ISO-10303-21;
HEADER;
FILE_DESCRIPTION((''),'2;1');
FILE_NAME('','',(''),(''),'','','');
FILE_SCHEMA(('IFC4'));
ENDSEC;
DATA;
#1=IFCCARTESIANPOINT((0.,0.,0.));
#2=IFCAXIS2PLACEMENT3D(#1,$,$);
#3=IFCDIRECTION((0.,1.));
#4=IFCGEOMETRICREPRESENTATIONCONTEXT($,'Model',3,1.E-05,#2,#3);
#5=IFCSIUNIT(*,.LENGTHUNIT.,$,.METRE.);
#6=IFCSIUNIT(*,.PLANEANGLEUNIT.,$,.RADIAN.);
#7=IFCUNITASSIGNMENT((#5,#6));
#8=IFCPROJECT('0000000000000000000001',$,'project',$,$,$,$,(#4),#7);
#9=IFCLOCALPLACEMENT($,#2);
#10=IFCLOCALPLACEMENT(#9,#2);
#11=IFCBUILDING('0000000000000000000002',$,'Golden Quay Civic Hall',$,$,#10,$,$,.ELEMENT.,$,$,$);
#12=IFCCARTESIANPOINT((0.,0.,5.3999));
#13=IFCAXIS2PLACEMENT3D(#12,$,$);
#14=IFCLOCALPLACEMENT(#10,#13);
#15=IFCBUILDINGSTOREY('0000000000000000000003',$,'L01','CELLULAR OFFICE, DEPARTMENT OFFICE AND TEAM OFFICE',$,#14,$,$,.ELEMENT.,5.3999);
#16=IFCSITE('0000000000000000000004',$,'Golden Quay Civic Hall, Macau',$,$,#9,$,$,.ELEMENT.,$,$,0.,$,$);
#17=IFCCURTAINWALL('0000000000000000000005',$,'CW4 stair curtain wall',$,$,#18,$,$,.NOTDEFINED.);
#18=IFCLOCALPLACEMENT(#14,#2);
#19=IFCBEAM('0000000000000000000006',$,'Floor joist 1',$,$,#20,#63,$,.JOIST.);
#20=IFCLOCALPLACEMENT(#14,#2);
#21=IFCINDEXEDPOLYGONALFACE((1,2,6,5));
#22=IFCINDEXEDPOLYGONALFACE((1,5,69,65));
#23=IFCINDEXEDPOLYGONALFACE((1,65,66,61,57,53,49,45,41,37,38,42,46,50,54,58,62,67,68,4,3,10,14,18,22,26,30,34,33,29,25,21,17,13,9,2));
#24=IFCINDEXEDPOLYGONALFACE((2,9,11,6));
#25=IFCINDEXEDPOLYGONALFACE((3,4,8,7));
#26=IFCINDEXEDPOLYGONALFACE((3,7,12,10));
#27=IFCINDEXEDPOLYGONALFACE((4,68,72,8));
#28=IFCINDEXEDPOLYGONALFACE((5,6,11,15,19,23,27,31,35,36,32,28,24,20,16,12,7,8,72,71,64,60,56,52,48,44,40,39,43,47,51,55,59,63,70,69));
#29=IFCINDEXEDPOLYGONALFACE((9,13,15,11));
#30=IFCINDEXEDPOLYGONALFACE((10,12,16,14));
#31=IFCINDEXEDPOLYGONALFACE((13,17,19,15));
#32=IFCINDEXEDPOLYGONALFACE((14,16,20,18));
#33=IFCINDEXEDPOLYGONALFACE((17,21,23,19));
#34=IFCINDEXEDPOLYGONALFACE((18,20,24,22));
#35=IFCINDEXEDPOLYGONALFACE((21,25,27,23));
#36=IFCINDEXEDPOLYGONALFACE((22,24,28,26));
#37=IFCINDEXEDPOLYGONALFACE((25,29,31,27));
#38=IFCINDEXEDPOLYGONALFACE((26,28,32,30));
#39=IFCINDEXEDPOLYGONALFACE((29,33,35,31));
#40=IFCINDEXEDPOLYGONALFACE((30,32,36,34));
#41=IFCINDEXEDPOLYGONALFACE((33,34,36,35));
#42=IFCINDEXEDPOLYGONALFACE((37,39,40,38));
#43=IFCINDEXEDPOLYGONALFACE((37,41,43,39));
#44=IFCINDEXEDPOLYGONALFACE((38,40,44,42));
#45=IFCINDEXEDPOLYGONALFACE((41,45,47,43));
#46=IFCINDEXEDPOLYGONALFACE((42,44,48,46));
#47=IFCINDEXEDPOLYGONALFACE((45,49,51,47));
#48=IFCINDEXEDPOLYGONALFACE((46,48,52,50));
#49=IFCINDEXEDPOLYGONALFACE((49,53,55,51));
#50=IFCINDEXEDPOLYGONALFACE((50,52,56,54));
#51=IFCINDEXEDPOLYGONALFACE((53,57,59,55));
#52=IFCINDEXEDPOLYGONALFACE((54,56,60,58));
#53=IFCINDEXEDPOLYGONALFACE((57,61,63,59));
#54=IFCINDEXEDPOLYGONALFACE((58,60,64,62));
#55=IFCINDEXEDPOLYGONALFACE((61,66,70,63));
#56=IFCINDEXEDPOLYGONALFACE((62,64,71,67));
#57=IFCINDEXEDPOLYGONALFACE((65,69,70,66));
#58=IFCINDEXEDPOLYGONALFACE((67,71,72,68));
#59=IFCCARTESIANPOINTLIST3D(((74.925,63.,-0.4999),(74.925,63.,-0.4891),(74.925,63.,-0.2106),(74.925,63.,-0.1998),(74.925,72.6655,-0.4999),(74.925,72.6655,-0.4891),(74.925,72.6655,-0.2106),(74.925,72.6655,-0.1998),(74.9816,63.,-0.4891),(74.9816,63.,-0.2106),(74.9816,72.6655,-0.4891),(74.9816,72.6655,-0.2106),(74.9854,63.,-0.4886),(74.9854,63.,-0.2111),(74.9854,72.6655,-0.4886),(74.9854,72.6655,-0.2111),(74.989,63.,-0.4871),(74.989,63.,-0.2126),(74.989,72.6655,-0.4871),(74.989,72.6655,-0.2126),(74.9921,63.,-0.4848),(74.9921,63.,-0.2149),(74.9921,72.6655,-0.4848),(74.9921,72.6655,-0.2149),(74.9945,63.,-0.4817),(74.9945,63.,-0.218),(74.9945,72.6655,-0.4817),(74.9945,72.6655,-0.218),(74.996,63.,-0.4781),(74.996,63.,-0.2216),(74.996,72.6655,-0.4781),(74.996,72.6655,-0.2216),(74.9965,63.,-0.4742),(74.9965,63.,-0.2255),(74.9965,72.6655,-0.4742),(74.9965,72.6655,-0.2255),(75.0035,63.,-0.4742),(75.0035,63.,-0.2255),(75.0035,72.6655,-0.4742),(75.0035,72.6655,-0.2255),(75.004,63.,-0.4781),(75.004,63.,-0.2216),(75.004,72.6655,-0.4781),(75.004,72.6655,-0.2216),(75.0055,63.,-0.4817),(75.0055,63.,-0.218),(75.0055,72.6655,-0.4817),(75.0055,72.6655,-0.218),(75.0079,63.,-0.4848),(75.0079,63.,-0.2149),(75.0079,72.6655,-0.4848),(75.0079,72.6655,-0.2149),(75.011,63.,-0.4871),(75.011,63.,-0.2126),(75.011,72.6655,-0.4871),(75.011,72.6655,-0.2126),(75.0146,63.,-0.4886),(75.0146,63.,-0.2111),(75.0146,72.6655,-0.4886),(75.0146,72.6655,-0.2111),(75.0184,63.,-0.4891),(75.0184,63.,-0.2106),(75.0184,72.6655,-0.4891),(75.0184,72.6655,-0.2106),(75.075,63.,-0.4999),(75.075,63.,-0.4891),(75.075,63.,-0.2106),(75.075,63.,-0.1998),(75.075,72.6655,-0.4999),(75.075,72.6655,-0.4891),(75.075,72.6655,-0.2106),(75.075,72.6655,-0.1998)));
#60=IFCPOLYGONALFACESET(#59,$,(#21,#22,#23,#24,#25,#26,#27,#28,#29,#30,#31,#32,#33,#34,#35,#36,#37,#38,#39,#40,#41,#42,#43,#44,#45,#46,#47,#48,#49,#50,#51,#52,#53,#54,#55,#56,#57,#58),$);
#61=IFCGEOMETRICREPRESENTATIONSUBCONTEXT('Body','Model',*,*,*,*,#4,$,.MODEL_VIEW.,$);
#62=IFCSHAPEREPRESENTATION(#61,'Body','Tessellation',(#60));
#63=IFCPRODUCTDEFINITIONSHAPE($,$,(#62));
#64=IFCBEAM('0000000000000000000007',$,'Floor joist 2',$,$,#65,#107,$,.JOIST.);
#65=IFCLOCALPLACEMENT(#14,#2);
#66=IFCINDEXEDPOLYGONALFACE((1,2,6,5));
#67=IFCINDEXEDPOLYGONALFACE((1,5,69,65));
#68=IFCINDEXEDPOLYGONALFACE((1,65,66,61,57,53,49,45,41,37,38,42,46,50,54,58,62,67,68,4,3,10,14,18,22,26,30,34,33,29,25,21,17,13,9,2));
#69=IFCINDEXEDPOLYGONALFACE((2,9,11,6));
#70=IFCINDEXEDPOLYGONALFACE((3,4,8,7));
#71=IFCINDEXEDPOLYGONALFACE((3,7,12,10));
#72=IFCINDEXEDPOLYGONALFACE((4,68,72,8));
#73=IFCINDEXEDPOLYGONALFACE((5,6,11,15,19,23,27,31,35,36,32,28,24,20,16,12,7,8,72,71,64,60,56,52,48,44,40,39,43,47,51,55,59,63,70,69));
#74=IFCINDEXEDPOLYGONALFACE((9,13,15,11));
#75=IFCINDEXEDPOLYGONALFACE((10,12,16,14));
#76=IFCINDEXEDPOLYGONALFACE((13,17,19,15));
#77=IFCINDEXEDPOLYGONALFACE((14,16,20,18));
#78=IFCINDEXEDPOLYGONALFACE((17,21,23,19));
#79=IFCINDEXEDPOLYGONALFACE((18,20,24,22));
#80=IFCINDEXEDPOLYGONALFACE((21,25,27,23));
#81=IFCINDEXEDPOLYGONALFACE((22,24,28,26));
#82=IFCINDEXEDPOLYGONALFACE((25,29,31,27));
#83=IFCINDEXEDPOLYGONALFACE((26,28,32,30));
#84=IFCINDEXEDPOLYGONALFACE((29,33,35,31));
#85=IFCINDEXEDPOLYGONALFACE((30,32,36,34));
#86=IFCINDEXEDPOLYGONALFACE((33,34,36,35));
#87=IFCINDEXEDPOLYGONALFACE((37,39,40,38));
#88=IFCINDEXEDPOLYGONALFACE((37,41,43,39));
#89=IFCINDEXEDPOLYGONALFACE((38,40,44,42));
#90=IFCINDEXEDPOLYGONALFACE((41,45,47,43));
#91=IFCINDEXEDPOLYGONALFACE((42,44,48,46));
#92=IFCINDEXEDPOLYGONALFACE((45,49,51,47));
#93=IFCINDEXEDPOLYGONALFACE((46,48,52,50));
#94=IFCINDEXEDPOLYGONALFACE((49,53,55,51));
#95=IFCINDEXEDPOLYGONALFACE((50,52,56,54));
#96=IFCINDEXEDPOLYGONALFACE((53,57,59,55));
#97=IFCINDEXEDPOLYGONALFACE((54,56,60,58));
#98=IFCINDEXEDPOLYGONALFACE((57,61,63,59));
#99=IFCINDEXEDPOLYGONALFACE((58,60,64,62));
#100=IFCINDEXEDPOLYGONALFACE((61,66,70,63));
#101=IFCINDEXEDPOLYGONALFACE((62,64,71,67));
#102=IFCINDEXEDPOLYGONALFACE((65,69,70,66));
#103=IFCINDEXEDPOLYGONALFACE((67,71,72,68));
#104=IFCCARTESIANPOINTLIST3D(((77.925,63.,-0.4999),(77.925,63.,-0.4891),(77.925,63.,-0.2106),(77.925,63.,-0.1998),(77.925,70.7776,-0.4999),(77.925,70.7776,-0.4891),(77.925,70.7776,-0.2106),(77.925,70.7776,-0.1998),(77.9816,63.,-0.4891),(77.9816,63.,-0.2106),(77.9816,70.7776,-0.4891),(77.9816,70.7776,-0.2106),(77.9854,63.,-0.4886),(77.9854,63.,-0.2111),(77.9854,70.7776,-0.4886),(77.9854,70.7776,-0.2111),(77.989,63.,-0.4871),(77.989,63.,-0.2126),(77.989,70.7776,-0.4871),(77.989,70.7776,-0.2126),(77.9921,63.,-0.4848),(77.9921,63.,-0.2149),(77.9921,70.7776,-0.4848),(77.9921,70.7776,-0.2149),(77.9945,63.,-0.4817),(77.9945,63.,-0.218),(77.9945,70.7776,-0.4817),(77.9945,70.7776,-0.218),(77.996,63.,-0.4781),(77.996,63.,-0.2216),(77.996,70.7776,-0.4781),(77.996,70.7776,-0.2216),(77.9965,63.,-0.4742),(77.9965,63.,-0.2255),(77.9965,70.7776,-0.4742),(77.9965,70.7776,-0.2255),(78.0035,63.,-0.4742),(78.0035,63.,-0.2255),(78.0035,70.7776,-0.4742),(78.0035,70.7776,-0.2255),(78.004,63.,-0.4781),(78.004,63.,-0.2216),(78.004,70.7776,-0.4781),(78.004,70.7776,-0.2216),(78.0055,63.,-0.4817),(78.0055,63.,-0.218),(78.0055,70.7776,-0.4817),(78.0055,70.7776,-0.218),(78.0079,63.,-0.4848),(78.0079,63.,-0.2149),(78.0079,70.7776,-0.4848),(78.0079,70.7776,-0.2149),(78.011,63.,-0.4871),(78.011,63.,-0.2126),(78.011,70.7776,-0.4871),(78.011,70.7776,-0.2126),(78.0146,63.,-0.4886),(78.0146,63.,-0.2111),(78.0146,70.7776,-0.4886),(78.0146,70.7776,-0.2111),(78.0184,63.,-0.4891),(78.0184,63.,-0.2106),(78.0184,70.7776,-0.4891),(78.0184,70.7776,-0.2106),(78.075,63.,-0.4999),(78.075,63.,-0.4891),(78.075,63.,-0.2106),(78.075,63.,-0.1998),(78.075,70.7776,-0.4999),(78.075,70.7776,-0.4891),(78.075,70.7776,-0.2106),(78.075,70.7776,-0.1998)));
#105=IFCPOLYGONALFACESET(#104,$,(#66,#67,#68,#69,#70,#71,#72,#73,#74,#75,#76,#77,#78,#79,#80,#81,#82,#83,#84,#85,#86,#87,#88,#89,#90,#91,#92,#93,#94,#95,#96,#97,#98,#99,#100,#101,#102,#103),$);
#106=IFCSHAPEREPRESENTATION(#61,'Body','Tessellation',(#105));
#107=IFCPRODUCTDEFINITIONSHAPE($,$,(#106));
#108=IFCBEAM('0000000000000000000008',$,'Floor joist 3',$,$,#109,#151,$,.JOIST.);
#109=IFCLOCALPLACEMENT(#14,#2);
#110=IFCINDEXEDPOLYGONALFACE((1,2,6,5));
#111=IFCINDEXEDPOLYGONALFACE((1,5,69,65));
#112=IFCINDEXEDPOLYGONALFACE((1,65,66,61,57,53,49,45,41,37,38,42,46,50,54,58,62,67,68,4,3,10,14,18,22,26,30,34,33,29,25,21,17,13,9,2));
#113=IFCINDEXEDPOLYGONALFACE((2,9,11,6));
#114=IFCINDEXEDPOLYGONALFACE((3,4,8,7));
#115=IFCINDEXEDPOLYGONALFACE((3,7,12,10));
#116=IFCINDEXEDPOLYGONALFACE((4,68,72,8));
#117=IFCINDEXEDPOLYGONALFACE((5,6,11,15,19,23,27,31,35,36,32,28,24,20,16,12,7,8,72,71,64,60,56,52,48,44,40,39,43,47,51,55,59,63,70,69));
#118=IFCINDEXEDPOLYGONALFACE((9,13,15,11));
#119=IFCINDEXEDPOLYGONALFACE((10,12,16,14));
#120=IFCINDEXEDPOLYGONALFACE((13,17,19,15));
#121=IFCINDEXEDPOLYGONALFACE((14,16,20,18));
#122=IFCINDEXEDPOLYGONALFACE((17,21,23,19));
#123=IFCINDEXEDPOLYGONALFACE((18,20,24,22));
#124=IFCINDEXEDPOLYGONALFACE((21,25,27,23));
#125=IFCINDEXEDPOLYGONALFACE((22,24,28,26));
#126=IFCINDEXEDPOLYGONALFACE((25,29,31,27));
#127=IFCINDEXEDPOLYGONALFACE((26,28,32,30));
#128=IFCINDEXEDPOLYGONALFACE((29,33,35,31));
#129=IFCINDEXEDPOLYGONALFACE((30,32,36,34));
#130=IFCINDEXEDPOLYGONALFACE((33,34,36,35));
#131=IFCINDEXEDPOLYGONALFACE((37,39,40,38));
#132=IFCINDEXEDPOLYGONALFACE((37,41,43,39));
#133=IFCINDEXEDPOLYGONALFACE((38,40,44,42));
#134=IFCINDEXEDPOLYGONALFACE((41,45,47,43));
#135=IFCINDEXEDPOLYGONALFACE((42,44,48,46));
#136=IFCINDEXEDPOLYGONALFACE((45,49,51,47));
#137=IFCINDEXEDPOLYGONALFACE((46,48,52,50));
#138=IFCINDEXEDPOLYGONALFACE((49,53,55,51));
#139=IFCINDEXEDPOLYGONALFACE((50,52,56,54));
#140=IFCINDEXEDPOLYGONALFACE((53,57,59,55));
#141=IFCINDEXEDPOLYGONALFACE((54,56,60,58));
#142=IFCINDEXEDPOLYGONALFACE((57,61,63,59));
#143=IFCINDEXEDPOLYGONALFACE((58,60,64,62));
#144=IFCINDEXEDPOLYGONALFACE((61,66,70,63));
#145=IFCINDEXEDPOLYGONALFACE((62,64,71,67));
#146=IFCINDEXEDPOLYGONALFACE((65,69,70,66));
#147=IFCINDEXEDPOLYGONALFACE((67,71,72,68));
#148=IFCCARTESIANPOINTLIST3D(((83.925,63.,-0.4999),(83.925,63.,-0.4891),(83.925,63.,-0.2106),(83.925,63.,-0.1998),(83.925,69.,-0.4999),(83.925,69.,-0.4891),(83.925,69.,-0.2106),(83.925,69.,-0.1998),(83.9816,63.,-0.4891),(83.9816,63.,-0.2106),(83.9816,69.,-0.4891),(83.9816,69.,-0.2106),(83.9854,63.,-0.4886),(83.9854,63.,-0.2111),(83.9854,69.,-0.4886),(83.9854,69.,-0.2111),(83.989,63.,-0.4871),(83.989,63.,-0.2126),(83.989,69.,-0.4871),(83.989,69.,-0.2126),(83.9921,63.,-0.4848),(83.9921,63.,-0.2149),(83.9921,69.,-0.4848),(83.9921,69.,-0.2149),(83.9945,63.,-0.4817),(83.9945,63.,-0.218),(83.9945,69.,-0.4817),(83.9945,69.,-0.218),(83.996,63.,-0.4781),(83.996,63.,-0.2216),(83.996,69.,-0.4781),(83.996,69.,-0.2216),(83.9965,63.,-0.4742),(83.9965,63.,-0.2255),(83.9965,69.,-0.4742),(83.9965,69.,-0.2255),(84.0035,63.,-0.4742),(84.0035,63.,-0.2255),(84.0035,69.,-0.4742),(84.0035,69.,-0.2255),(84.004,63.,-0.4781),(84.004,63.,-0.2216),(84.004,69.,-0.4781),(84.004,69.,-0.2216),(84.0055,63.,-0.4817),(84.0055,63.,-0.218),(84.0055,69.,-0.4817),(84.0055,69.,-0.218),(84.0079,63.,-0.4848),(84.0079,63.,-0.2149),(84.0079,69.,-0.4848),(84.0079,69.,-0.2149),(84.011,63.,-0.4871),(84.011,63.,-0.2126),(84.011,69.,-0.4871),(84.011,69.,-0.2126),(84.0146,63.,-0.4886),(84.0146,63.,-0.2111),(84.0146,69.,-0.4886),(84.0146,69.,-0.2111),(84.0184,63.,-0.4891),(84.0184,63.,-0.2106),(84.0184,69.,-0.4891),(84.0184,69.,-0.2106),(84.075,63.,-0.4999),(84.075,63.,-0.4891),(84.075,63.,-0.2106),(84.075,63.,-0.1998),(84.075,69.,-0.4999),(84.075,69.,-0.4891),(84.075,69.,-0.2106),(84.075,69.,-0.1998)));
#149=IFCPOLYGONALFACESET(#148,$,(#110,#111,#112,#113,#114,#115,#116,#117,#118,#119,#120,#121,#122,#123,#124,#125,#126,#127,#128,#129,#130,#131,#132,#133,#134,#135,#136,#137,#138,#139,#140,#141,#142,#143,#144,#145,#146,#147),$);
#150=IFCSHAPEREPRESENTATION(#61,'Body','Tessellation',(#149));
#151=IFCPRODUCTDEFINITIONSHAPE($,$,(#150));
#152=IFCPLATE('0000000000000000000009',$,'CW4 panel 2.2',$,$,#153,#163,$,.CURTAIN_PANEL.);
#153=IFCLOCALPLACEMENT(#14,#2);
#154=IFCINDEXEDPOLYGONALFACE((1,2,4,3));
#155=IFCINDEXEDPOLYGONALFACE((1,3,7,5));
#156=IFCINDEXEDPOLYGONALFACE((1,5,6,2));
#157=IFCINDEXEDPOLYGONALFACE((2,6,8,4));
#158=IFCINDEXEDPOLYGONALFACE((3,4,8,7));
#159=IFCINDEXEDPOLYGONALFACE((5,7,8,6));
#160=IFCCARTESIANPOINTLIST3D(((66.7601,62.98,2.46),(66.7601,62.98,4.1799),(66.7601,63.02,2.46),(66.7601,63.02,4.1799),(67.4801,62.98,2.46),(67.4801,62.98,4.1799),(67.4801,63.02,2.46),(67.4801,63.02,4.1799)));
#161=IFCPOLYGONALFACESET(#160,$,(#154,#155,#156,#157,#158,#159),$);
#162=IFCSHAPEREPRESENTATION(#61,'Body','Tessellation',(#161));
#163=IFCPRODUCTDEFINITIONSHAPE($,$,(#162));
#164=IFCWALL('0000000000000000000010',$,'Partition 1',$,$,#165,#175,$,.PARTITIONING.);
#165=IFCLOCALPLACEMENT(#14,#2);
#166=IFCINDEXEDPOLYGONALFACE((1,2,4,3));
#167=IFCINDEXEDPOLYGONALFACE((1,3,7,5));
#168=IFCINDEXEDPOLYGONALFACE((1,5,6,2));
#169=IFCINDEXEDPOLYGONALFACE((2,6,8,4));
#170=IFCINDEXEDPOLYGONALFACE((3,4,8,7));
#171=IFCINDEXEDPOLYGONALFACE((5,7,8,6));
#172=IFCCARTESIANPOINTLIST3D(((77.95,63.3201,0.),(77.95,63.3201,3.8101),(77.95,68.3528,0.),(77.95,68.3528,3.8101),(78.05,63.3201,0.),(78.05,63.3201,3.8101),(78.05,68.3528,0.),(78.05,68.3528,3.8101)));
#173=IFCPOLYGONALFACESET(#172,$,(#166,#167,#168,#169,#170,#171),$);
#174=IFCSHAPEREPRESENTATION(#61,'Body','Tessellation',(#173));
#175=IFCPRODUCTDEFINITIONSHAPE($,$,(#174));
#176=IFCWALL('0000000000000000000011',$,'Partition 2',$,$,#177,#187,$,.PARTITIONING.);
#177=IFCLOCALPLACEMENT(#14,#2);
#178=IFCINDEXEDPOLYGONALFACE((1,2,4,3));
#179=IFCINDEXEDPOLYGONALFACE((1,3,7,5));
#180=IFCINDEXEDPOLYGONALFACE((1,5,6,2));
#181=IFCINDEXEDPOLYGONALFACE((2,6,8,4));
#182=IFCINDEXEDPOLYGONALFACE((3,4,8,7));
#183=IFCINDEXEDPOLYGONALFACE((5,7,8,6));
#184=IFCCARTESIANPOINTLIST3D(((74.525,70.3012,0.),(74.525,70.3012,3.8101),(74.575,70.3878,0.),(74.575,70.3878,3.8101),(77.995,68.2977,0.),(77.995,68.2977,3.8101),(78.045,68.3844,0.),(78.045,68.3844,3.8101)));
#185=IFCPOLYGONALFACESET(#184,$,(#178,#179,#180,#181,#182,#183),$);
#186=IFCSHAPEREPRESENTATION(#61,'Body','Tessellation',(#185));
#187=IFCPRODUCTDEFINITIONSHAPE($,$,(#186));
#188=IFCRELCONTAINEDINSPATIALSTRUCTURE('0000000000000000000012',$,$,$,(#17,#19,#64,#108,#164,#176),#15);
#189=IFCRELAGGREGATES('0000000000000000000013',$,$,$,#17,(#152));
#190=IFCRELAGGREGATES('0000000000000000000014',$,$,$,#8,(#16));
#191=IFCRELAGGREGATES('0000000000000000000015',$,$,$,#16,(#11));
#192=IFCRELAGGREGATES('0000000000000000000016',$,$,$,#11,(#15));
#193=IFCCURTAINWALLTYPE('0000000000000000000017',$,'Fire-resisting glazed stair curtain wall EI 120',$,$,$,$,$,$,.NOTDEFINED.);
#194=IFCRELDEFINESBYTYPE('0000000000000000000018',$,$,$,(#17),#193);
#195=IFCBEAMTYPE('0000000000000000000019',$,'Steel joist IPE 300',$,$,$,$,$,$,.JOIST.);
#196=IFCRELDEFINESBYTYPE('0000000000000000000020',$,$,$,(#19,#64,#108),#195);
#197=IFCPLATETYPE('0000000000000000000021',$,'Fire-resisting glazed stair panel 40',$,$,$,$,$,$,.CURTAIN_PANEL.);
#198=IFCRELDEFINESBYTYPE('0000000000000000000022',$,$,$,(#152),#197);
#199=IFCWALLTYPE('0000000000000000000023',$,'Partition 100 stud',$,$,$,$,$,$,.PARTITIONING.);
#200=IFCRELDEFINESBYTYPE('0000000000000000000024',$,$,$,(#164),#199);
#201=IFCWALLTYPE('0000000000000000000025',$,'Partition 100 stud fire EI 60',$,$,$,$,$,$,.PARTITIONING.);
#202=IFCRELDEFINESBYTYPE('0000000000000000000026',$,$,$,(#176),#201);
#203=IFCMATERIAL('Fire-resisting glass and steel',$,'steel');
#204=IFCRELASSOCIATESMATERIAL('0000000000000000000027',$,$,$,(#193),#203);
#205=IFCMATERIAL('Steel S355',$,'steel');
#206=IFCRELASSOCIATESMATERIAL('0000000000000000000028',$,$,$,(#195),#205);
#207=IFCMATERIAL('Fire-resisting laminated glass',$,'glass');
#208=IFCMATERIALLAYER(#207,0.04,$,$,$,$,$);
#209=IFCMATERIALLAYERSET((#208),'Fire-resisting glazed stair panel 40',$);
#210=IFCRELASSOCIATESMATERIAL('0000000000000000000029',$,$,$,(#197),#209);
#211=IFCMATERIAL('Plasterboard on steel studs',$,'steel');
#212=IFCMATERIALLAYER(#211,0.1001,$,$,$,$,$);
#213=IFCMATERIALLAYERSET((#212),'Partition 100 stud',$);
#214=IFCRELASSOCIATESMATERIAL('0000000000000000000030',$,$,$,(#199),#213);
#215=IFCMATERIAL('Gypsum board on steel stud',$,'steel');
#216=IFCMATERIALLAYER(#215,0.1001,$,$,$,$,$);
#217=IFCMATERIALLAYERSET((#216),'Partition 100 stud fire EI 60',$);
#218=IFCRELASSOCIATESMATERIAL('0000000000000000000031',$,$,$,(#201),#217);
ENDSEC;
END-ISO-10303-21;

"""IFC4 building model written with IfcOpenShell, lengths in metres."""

from ifc_helpers import new_model, si_unit, direction, frame, frame_2d, origin, origin_2d, place, context, subcontext, project, spatial, rectangle, i_section, extrude, material, layer, layer_set, material_profile, profile_set, type_object, element, aggregate, save


model = new_model("IFC4")

# Units and contexts
model_context = context("Model", 3, precision=1e-05, world=origin(), true_north=direction((0.0, 1.0)))
body_context = subcontext(model_context, "Body", "Model", "MODEL_VIEW")
ifc_project = project(units=[si_unit("LENGTHUNIT", "METRE"), si_unit("PLANEANGLEUNIT", "RADIAN")], contexts=[model_context])

# Site, building, storey
site_placement = place(None, origin())
site = spatial("IfcSite", under=ifc_project, at=site_placement, Name="Golden Quay Civic Hall, Macau", CompositionType="ELEMENT", RefElevation=0.0)
building_placement = place(site_placement, origin())
building = spatial("IfcBuilding", under=site, at=building_placement, Name="Golden Quay Civic Hall", CompositionType="ELEMENT")
storey_placement = place(building_placement, frame((0.0, 0.0, 5.3999)))
storey = spatial("IfcBuildingStorey", under=building, at=storey_placement, Name="L01", Description="CELLULAR OFFICE, DEPARTMENT OFFICE AND TEAM OFFICE", CompositionType="ELEMENT", Elevation=5.3999)

# Curtain wall
ifc_material_1 = material(Name="Fire-resisting glass and steel", Category="steel")
curtain_wall_type = type_object("IfcCurtainWallType", Name="Fire-resisting glazed stair curtain wall EI 120", PredefinedType="NOTDEFINED", material=ifc_material_1)
curtain_wall_placement = place(storey_placement, origin())
curtain_wall = element("IfcCurtainWall", 1, at=curtain_wall_placement, inside=storey, type_object=curtain_wall_type, Name="CW4 stair curtain wall", PredefinedType="NOTDEFINED")

# Beams
ifc_material_2 = material(Name="Steel S355", Category="steel")
ifc_material_profile_1 = material_profile(ifc_material_2, i_section(OverallWidth=0.1499, OverallDepth=0.3, WebThickness=0.0071, FlangeThickness=0.0107, FilletRadius=0.0149, at=origin_2d()), Name="IPE 300")
ifc_profile_set_1 = profile_set([ifc_material_profile_1], Name="Steel S355")
beam_type_1 = type_object("IfcBeamType", Name="Steel joist IPE 300", PredefinedType="JOIST", material=ifc_profile_set_1)
beam_1_placement = place(storey_placement, frame((75.0, 63.0, -0.3499), z_axis=(0.0, 1.0, 0.0), x_axis=(-1.0, 0.0, 0.0)))
element("IfcBeam", 2, at=beam_1_placement, inside=storey, type_object=beam_type_1, Name="Floor joist 1", PredefinedType="JOIST", context=body_context, shape_type="SweptSolid", body=[
    extrude(i_section(OverallWidth=0.1499, OverallDepth=0.3, WebThickness=0.0071, FlangeThickness=0.0107, FilletRadius=0.0149, at=origin_2d()), origin(), (0.0, 0.0, 1.0), 9.6655),
])
beam_2_placement = place(storey_placement, frame((78.0, 63.0, -0.3499), z_axis=(0.0, 1.0, 0.0), x_axis=(-1.0, 0.0, 0.0)))
element("IfcBeam", 3, at=beam_2_placement, inside=storey, type_object=beam_type_1, Name="Floor joist 2", PredefinedType="JOIST", context=body_context, shape_type="SweptSolid", body=[
    extrude(i_section(OverallWidth=0.1499, OverallDepth=0.3, WebThickness=0.0071, FlangeThickness=0.0107, FilletRadius=0.0149, at=origin_2d()), origin(), (0.0, 0.0, 1.0), 7.7776),
])
beam_3_placement = place(storey_placement, frame((84.0, 63.0, -0.3499), z_axis=(0.0, 1.0, 0.0), x_axis=(-1.0, 0.0, 0.0)))
element("IfcBeam", 4, at=beam_3_placement, inside=storey, type_object=beam_type_1, Name="Floor joist 3", PredefinedType="JOIST", context=body_context, shape_type="SweptSolid", body=[
    extrude(i_section(OverallWidth=0.1499, OverallDepth=0.3, WebThickness=0.0071, FlangeThickness=0.0107, FilletRadius=0.0149, at=origin_2d()), origin(), (0.0, 0.0, 1.0), 6.0),
])

# Plate
ifc_material_3 = material(Name="Fire-resisting laminated glass", Category="glass")
ifc_layer_1 = layer(ifc_material_3, 0.04)
ifc_layer_set_1 = layer_set([ifc_layer_1], Name="Fire-resisting glazed stair panel 40")
plate_type = type_object("IfcPlateType", Name="Fire-resisting glazed stair panel 40", PredefinedType="CURTAIN_PANEL", material=ifc_layer_set_1)
plate_placement = place(storey_placement, frame((67.1201, 63.0, 2.46), z_axis=(0.0, 0.0, 1.0), x_axis=(1.0, 0.0, 0.0)))
plate = element("IfcPlate", 5, at=plate_placement, type_object=plate_type, Name="CW4 panel 2.2", PredefinedType="CURTAIN_PANEL", context=body_context, shape_type="SweptSolid", body=[
    extrude(rectangle(XDim=0.72, YDim=0.04, at=origin_2d()), origin(), (0.0, 0.0, 1.0), 1.72),
])
aggregate(curtain_wall, [plate])

# Walls
ifc_material_4 = material(Name="Plasterboard on steel studs", Category="steel")
ifc_layer_2 = layer(ifc_material_4, 0.1001)
ifc_layer_set_2 = layer_set([ifc_layer_2], Name="Partition 100 stud")
wall_type_1 = type_object("IfcWallType", Name="Partition 100 stud", PredefinedType="PARTITIONING", material=ifc_layer_set_2)
wall_1_placement = place(storey_placement, frame((78.0, 63.3201, 0.0), z_axis=(0.0, 0.0, 1.0), x_axis=(0.0, 1.0, 0.0)))
element("IfcWall", 6, at=wall_1_placement, inside=storey, type_object=wall_type_1, Name="Partition 1", PredefinedType="PARTITIONING", context=body_context, shape_type="SweptSolid", body=[
    extrude(rectangle(XDim=5.0327, YDim=0.1001, at=frame_2d((2.5164, 0.0))), origin(), (0.0, 0.0, 1.0), 3.8101),
])
ifc_material_5 = material(Name="Gypsum board on steel stud", Category="steel")
ifc_layer_3 = layer(ifc_material_5, 0.1001)
ifc_layer_set_3 = layer_set([ifc_layer_3], Name="Partition 100 stud fire EI 60")
wall_type_2 = type_object("IfcWallType", Name="Partition 100 stud fire EI 60", PredefinedType="PARTITIONING", material=ifc_layer_set_3)
wall_2_placement = place(storey_placement, frame((78.02, 68.3411, 0.0), z_axis=(0.0, 0.0, 1.0), x_axis=(-0.866022, 0.500006, 0.0)))
element("IfcWall", 7, at=wall_2_placement, inside=storey, type_object=wall_type_2, Name="Partition 2", PredefinedType="PARTITIONING", context=body_context, shape_type="SweptSolid", body=[
    extrude(rectangle(XDim=4.0068, YDim=0.1001, at=frame_2d((2.0034, 0.0))), origin(), (0.0, 0.0, 1.0), 3.8101),
])

save(model, "model.ifc")
